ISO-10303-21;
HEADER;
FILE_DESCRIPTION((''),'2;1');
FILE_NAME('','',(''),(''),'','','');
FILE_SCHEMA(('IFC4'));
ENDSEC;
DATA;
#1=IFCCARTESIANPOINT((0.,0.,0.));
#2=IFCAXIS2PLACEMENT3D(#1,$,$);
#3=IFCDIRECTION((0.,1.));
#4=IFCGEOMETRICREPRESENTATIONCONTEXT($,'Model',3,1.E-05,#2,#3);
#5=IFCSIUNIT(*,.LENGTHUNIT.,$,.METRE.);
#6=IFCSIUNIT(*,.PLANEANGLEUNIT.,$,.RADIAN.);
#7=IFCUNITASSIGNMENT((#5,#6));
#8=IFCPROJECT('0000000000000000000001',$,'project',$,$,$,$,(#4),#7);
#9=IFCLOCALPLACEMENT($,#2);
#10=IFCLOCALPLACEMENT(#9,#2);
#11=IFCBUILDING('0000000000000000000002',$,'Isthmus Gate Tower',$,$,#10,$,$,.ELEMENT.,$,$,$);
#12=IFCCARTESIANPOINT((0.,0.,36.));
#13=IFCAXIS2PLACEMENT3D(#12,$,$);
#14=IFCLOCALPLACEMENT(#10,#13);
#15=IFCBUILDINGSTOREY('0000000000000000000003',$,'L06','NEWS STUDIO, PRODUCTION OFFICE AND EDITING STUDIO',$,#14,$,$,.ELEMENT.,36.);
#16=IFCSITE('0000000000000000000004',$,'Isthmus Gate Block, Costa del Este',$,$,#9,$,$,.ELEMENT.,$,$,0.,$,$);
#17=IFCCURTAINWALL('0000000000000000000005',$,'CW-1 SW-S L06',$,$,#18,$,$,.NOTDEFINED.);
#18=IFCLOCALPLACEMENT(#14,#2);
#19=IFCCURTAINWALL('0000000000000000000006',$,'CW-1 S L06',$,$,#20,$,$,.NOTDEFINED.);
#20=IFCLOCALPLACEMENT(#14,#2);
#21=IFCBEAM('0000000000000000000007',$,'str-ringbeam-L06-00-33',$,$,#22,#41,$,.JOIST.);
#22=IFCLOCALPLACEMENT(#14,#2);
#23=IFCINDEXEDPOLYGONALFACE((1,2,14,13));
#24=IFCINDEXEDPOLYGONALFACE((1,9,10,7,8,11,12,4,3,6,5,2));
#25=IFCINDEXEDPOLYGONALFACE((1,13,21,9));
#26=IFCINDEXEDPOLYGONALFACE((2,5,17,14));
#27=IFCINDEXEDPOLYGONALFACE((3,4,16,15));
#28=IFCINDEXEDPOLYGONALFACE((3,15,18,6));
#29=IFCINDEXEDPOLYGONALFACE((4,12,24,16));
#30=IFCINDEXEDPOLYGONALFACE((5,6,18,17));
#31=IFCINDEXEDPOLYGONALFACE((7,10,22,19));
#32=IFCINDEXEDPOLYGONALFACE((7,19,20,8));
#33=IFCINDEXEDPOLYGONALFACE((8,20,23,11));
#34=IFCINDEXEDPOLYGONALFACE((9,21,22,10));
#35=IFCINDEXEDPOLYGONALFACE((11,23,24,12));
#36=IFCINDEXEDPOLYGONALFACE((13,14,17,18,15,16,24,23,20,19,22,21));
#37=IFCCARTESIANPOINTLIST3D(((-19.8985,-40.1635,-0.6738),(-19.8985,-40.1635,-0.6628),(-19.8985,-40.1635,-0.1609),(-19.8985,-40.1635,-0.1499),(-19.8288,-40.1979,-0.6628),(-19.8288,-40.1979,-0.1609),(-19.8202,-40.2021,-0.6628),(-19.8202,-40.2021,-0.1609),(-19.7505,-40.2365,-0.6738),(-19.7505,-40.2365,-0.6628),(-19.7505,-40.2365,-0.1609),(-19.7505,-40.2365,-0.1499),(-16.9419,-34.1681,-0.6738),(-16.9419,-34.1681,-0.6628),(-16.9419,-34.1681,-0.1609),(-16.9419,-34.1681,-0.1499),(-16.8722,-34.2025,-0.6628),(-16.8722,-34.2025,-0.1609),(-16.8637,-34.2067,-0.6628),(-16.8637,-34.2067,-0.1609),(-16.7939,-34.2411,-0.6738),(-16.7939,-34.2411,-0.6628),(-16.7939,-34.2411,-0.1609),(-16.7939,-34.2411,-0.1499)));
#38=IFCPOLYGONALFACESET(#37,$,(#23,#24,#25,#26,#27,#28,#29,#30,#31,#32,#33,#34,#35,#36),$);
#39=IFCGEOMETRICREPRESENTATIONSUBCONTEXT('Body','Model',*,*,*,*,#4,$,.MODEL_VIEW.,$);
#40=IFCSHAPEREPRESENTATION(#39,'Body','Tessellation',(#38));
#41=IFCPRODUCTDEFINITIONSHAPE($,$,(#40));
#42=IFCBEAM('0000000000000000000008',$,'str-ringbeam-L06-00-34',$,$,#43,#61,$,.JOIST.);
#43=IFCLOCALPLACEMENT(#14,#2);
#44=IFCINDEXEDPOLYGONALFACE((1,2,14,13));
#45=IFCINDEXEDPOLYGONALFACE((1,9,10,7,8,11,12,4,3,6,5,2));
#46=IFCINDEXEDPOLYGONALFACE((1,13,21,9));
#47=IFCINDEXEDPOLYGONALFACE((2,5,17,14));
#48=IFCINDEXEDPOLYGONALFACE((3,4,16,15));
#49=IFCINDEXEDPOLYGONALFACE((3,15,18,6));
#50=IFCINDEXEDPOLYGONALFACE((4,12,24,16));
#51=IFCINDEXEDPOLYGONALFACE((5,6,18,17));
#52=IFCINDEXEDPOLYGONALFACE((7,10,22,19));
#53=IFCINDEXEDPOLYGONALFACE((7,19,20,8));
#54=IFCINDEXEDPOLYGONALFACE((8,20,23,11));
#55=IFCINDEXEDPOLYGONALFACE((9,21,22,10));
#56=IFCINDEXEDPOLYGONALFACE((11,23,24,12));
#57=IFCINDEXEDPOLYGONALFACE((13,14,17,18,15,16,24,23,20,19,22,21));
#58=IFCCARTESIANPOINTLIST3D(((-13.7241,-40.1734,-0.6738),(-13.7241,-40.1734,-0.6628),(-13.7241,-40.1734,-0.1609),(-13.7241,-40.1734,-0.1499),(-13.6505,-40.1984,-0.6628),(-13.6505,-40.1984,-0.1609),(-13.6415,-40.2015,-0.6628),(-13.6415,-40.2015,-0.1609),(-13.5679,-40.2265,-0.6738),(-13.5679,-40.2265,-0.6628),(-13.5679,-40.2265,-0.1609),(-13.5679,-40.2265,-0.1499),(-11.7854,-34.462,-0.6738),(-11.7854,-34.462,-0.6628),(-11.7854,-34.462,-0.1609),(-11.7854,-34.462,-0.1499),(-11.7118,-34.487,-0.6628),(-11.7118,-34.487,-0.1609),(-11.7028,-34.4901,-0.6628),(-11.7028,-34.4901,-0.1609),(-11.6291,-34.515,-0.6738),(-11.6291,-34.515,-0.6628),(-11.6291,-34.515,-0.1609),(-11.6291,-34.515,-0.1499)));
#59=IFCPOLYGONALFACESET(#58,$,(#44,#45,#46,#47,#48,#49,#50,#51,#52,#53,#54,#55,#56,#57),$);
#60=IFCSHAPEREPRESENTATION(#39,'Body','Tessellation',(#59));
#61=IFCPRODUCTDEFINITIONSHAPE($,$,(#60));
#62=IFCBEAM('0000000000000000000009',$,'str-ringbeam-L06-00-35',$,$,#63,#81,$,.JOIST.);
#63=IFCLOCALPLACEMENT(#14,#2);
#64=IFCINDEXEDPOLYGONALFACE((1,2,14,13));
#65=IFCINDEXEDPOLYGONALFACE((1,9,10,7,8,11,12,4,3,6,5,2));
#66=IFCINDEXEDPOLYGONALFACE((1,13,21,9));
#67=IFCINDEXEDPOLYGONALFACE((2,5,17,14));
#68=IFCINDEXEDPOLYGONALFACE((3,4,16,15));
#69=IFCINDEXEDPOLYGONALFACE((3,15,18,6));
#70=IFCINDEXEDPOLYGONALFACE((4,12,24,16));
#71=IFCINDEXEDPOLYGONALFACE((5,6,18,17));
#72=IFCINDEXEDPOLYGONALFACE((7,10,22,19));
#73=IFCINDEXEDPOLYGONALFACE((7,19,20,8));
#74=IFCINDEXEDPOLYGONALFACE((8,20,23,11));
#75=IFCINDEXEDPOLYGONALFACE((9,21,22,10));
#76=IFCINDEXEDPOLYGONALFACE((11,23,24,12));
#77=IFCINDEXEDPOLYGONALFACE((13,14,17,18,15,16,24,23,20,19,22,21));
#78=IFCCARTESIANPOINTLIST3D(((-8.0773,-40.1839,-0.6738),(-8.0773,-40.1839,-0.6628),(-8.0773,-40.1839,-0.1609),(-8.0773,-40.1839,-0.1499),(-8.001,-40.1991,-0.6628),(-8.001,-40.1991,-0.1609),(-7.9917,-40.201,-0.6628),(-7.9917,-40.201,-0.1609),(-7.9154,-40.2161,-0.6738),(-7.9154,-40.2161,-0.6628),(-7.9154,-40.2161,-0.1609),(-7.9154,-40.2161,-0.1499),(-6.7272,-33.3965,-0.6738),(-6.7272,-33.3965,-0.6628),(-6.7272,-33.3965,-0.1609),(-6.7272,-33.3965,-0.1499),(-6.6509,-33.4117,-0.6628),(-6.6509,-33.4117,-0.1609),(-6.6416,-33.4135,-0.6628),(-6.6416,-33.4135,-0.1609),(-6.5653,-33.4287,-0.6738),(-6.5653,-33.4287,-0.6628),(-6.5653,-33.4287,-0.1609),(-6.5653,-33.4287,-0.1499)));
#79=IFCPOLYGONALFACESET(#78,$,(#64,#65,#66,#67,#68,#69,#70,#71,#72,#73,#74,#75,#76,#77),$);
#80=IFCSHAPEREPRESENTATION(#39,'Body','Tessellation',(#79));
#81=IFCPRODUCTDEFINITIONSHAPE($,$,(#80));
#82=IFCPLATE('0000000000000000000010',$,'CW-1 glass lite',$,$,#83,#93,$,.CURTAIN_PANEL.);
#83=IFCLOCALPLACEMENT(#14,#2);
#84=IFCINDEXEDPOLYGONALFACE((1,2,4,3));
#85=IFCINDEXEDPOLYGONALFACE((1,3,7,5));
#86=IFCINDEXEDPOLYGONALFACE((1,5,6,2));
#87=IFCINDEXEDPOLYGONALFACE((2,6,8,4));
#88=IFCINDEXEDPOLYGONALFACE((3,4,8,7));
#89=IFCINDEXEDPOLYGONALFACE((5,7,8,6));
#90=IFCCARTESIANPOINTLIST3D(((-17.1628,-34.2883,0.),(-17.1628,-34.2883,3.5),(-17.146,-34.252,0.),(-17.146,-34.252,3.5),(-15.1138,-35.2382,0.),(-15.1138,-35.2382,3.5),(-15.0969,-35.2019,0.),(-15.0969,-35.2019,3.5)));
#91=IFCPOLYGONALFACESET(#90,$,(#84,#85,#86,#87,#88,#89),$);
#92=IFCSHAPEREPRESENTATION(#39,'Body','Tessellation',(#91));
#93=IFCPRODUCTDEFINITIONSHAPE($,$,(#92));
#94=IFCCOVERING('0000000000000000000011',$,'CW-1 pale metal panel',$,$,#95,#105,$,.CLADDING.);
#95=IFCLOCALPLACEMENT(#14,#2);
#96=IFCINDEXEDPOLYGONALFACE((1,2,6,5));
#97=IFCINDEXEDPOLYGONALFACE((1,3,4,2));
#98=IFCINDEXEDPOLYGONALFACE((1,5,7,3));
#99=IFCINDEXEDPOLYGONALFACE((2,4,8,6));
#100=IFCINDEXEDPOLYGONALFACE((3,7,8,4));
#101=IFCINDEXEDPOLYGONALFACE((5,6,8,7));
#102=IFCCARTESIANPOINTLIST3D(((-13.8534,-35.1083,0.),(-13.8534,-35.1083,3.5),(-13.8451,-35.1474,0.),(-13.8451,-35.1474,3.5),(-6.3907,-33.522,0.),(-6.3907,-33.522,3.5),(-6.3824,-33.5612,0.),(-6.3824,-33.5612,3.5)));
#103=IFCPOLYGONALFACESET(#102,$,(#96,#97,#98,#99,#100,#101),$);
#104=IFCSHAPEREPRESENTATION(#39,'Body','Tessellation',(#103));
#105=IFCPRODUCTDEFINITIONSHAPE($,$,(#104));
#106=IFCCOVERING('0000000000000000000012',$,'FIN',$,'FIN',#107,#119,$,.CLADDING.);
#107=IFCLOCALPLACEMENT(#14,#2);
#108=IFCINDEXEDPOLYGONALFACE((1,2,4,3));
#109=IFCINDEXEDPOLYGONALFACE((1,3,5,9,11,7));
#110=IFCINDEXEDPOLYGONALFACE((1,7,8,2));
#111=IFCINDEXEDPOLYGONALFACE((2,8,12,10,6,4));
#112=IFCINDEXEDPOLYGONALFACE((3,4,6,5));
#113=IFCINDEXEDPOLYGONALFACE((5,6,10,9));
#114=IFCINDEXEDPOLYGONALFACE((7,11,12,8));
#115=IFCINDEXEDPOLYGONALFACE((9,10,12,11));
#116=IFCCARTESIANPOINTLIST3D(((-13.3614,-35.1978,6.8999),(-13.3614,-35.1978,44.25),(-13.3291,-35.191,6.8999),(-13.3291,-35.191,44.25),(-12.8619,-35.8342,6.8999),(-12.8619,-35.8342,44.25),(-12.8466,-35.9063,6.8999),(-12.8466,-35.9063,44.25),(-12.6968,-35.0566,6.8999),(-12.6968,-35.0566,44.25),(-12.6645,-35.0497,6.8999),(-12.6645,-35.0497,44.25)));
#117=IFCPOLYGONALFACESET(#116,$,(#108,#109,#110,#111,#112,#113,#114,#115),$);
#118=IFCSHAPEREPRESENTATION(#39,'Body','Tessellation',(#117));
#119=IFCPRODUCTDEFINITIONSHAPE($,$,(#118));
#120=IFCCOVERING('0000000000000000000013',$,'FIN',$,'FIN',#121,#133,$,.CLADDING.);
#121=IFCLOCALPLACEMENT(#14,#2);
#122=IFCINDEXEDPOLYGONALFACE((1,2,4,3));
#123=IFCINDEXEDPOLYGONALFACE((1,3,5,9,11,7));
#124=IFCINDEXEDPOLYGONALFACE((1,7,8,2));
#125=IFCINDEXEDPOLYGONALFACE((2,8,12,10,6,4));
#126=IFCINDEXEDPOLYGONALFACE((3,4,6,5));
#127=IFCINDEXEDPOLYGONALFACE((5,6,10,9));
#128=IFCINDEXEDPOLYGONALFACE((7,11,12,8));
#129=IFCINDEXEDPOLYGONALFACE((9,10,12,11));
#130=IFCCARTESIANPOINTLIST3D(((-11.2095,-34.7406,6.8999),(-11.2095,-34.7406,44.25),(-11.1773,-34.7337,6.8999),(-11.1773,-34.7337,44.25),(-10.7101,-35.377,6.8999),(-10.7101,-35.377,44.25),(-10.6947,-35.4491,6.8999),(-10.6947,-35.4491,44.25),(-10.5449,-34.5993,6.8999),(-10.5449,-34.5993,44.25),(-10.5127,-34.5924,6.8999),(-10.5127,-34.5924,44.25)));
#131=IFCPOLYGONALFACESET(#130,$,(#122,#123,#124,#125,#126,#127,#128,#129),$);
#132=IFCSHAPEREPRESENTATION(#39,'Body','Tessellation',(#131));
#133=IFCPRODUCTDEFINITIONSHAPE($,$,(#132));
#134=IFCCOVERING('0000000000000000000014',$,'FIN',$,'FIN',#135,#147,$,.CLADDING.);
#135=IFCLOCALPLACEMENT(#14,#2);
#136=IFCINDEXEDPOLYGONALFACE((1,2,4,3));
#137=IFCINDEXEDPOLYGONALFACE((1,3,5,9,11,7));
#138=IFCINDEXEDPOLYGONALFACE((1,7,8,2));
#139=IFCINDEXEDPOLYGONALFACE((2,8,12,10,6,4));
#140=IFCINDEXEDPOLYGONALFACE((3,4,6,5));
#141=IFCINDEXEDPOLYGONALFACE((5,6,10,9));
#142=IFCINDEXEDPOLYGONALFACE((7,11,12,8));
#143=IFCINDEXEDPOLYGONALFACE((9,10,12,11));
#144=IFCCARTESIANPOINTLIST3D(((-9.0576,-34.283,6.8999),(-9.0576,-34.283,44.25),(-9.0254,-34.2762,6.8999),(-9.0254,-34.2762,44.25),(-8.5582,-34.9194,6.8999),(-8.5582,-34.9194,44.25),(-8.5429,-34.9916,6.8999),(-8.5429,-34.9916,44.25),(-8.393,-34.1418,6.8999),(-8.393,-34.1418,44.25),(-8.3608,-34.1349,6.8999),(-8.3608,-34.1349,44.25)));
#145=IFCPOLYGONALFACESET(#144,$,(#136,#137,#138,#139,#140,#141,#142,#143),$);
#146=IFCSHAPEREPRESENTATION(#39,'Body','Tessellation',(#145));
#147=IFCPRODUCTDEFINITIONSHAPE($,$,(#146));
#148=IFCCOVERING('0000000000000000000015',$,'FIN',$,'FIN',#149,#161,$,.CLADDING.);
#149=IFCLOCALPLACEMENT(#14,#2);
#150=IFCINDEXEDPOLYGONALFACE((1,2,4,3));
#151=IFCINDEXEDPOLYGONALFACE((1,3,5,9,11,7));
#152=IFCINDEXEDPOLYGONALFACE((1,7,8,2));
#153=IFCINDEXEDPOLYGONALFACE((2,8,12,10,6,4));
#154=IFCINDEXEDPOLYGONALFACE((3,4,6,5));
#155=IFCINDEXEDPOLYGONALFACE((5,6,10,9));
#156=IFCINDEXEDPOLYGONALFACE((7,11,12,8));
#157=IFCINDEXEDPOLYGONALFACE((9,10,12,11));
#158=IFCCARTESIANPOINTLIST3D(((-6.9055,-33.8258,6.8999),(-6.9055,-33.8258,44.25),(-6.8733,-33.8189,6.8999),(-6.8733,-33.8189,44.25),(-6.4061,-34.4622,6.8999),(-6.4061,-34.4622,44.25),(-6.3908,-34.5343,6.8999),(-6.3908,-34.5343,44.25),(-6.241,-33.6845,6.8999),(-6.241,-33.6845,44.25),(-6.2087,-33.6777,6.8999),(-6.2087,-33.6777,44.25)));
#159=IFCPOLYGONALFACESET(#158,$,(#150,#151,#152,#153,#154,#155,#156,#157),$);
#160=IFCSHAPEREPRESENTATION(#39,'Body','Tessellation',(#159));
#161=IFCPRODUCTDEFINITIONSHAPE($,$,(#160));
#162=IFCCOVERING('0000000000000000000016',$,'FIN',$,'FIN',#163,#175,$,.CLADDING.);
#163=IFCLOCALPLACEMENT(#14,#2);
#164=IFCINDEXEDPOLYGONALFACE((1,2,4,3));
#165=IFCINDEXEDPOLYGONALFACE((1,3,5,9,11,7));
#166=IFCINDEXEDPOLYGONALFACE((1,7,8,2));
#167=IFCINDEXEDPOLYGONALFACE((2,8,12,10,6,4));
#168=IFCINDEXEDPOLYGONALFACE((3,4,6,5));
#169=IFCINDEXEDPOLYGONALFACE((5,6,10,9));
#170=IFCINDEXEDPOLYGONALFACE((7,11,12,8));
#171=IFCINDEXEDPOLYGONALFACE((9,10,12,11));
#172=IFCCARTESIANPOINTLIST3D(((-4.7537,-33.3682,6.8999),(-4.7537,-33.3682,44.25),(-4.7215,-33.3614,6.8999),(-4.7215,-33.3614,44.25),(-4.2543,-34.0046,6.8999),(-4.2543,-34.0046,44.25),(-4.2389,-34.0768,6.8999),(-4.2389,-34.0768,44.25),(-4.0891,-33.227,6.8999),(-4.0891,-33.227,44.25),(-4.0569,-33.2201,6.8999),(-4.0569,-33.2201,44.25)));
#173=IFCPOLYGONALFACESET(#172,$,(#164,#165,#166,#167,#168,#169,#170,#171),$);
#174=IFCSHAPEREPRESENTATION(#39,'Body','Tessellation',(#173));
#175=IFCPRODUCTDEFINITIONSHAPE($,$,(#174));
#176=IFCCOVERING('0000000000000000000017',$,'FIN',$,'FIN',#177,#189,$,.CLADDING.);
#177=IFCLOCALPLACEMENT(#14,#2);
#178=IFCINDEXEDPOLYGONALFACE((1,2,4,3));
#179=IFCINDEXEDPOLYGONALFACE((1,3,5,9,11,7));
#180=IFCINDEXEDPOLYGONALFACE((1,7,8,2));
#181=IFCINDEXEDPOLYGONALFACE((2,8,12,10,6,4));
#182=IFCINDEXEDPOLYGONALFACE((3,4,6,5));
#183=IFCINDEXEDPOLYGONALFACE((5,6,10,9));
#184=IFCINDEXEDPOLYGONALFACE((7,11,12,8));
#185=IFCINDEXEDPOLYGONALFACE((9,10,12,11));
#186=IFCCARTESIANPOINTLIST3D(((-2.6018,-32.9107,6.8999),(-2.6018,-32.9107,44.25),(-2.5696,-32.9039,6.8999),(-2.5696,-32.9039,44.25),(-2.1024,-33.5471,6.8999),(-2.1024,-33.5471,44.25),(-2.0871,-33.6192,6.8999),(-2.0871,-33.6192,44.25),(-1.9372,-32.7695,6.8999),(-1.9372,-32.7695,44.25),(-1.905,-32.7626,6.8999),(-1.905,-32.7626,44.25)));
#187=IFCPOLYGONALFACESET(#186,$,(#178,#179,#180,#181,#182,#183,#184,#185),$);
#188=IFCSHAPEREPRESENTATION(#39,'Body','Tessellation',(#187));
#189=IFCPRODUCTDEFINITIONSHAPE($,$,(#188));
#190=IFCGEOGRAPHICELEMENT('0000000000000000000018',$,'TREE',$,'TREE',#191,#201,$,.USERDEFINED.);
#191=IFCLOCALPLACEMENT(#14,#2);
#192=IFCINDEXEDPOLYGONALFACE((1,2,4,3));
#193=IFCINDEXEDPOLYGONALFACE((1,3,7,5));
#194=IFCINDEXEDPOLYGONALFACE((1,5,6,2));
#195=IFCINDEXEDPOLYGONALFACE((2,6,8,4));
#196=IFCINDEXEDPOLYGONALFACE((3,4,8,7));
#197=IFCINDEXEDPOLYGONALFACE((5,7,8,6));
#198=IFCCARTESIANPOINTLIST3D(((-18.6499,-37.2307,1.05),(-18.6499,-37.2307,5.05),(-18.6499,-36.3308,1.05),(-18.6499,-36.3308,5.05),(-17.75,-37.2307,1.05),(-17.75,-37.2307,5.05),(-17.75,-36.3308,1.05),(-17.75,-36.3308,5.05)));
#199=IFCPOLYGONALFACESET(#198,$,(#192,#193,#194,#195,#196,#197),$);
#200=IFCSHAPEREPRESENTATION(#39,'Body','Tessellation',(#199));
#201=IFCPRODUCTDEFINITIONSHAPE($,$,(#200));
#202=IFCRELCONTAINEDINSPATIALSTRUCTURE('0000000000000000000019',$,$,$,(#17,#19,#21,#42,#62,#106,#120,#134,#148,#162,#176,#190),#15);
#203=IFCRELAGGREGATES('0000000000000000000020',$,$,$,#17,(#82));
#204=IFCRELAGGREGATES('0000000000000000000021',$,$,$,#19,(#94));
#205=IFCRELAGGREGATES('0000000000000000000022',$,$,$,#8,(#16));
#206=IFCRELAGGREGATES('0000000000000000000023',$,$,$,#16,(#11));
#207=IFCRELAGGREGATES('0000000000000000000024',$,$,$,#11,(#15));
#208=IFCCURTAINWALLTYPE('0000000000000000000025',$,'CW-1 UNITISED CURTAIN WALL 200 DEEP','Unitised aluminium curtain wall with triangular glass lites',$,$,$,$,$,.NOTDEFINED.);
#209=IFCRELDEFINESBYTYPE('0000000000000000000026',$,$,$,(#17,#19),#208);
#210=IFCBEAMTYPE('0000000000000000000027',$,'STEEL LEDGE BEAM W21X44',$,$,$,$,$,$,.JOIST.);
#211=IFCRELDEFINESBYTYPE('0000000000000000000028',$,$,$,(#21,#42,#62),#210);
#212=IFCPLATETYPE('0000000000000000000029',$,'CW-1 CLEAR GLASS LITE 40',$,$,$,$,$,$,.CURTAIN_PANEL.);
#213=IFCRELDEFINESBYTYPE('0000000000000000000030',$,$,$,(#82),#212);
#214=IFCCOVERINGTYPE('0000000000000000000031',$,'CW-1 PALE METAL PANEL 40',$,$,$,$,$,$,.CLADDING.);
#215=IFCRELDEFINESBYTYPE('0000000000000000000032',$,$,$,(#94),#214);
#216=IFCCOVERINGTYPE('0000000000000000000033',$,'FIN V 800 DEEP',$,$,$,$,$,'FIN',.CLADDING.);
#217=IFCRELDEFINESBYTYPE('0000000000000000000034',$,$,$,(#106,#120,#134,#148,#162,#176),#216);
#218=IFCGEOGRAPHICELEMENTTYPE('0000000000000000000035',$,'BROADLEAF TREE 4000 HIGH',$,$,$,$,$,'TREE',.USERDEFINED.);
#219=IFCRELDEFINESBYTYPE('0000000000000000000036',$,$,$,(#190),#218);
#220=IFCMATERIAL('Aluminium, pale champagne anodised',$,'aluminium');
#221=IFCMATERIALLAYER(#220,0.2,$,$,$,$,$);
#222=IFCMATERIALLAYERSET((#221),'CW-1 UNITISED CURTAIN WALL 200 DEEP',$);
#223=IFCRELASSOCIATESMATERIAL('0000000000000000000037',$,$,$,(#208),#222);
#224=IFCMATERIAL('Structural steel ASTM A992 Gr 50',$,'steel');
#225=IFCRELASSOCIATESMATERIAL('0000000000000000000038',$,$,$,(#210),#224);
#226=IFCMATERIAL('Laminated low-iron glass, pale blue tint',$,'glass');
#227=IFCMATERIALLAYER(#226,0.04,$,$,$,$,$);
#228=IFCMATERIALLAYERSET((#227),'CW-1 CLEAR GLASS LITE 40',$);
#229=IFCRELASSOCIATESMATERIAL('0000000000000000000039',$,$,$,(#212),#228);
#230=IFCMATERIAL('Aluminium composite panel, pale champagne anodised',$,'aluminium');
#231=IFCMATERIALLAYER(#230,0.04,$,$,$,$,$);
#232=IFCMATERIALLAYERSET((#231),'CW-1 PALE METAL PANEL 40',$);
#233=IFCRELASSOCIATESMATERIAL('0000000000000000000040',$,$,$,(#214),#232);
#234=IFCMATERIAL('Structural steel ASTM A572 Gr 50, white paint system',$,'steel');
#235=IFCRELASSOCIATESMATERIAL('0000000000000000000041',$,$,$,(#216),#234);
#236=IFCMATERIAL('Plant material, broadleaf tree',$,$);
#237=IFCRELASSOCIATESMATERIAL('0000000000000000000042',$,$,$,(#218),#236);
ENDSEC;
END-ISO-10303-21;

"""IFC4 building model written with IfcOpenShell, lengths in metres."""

from ifc_helpers import new_model, si_unit, direction, frame, origin, origin_2d, place, context, subcontext, project, spatial, polyline, rectangle, i_section, outline, extrude, material, layer, layer_set, material_profile, profile_set, type_object, element, aggregate, save


model = new_model("IFC4")

# Units and contexts
model_context = context("Model", 3, precision=1e-05, world=origin(), true_north=direction((0.0, 1.0)))
body_context = subcontext(model_context, "Body", "Model", "MODEL_VIEW")
ifc_project = project(units=[si_unit("LENGTHUNIT", "METRE"), si_unit("PLANEANGLEUNIT", "RADIAN")], contexts=[model_context])

# Site, building, storey
site_placement = place(None, origin())
site = spatial("IfcSite", under=ifc_project, at=site_placement, Name="Isthmus Gate Block, Costa del Este", CompositionType="ELEMENT", RefElevation=0.0)
building_placement = place(site_placement, origin())
building = spatial("IfcBuilding", under=site, at=building_placement, Name="Isthmus Gate Tower", CompositionType="ELEMENT")
storey_placement = place(building_placement, frame((0.0, 0.0, 36.0)))
storey = spatial("IfcBuildingStorey", under=building, at=storey_placement, Name="L06", Description="NEWS STUDIO, PRODUCTION OFFICE AND EDITING STUDIO", CompositionType="ELEMENT", Elevation=36.0)

# Curtain walls
ifc_material_1 = material(Name="Aluminium, pale champagne anodised", Category="aluminium")
ifc_layer_1 = layer(ifc_material_1, 0.2)
ifc_layer_set_1 = layer_set([ifc_layer_1], Name="CW-1 UNITISED CURTAIN WALL 200 DEEP")
curtain_wall_type = type_object("IfcCurtainWallType", Name="CW-1 UNITISED CURTAIN WALL 200 DEEP", Description="Unitised aluminium curtain wall with triangular glass lites", PredefinedType="NOTDEFINED", material=ifc_layer_set_1)
curtain_wall_1_placement = place(storey_placement, origin())
curtain_wall_1 = element("IfcCurtainWall", 1, at=curtain_wall_1_placement, inside=storey, type_object=curtain_wall_type, Name="CW-1 SW-S L06", PredefinedType="NOTDEFINED")
curtain_wall_2_placement = place(storey_placement, origin())
curtain_wall_2 = element("IfcCurtainWall", 2, at=curtain_wall_2_placement, inside=storey, type_object=curtain_wall_type, Name="CW-1 S L06", PredefinedType="NOTDEFINED")

# Beams
ifc_material_2 = material(Name="Structural steel ASTM A992 Gr 50", Category="steel")
ifc_material_profile_1 = material_profile(ifc_material_2, i_section(OverallWidth=0.165, OverallDepth=0.5239, WebThickness=0.0095, FlangeThickness=0.011, at=origin_2d()), Name="W21X44")
ifc_profile_set_1 = profile_set([ifc_material_profile_1], Name="Structural steel ASTM A992 Gr 50")
beam_type_1 = type_object("IfcBeamType", Name="STEEL LEDGE BEAM W21X44", PredefinedType="JOIST", material=ifc_profile_set_1)
beam_1_placement = place(storey_placement, frame((-16.8679, -34.2046, -0.4119), z_axis=(-0.442284, -0.896875, 0.0), x_axis=(0.896875, -0.442284, 0.0)))
element("IfcBeam", 3, at=beam_1_placement, inside=storey, type_object=beam_type_1, Name="str-ringbeam-L06-00-33", PredefinedType="JOIST", context=body_context, shape_type="SweptSolid", body=[
    extrude(i_section(OverallWidth=0.165, OverallDepth=0.5239, WebThickness=0.0095, FlangeThickness=0.011, at=origin_2d()), origin(), (0.0, 0.0, 1.0), 6.6848),
])
beam_2_placement = place(storey_placement, frame((-11.7073, -34.4885, -0.4119), z_axis=(-0.321432, -0.946933, 0.0), x_axis=(0.946933, -0.321432, 0.0)))
element("IfcBeam", 4, at=beam_2_placement, inside=storey, type_object=beam_type_1, Name="str-ringbeam-L06-00-34", PredefinedType="JOIST", context=body_context, shape_type="SweptSolid", body=[
    extrude(i_section(OverallWidth=0.165, OverallDepth=0.5239, WebThickness=0.0095, FlangeThickness=0.011, at=origin_2d()), origin(), (0.0, 0.0, 1.0), 6.0315),
])
beam_3_placement = place(storey_placement, frame((-6.6462, -33.4126, -0.4119), z_axis=(-0.195092, -0.980785, 0.0), x_axis=(0.980785, -0.195092, 0.0)))
element("IfcBeam", 5, at=beam_3_placement, inside=storey, type_object=beam_type_1, Name="str-ringbeam-L06-00-35", PredefinedType="JOIST", context=body_context, shape_type="SweptSolid", body=[
    extrude(i_section(OverallWidth=0.165, OverallDepth=0.5239, WebThickness=0.0095, FlangeThickness=0.011, at=origin_2d()), origin(), (0.0, 0.0, 1.0), 6.9204),
])

# Plate
ifc_material_3 = material(Name="Laminated low-iron glass, pale blue tint", Category="glass")
ifc_layer_2 = layer(ifc_material_3, 0.04)
ifc_layer_set_2 = layer_set([ifc_layer_2], Name="CW-1 CLEAR GLASS LITE 40")
plate_type = type_object("IfcPlateType", Name="CW-1 CLEAR GLASS LITE 40", PredefinedType="CURTAIN_PANEL", material=ifc_layer_set_2)
plate_placement = place(storey_placement, frame((-16.1299, -34.7451, 0.0), z_axis=(0.0, 0.0, 1.0), x_axis=(0.907256, -0.420578, 0.0)))
plate = element("IfcPlate", 6, at=plate_placement, type_object=plate_type, Name="CW-1 glass lite", PredefinedType="CURTAIN_PANEL", context=body_context, shape_type="SweptSolid", body=[
    extrude(rectangle(XDim=2.2585, YDim=0.04, at=origin_2d()), origin(), (0.0, 0.0, 1.0), 3.5),
])
aggregate(curtain_wall_1, [plate])

# Covering
ifc_material_4 = material(Name="Aluminium composite panel, pale champagne anodised", Category="aluminium")
ifc_layer_3 = layer(ifc_material_4, 0.04)
ifc_layer_set_3 = layer_set([ifc_layer_3], Name="CW-1 PALE METAL PANEL 40")
covering_type_1 = type_object("IfcCoveringType", Name="CW-1 PALE METAL PANEL 40", PredefinedType="CLADDING", material=ifc_layer_set_3)
covering_placement = place(storey_placement, frame((-10.1179, -34.3347, 0.0), z_axis=(0.0, 0.0, 1.0), x_axis=(0.978148, 0.207912, 0.0)))
covering = element("IfcCovering", 7, at=covering_placement, type_object=covering_type_1, Name="CW-1 pale metal panel", PredefinedType="CLADDING", context=body_context, shape_type="SweptSolid", body=[
    extrude(rectangle(XDim=7.6294, YDim=0.04, at=origin_2d()), origin(), (0.0, 0.0, 1.0), 3.5),
])
aggregate(curtain_wall_2, [covering])

# Coverings
ifc_material_5 = material(Name="Structural steel ASTM A572 Gr 50, white paint system", Category="steel")
ifc_material_profile_2 = material_profile(ifc_material_5, outline(polyline([(0.0, -0.3562), (0.8, 0.0), (0.0, 0.3562), (0.0, 0.3232), (0.7263, 0.0), (0.0, -0.3232), (0.0, -0.3562)])), Name="V800")
ifc_profile_set_2 = profile_set([ifc_material_profile_2], Name="Structural steel ASTM A572 Gr 50, white paint system")
covering_type_2 = type_object("IfcCoveringType", Name="FIN V 800 DEEP", ElementType="FIN", PredefinedType="CLADDING", material=ifc_profile_set_2)
for number, where, z_axis, x_axis, name in (
    (8, (-13.0129, -35.1238, 6.8999), (0.0, 0.0, 1.0), (0.207912, -0.978148, 0.0), "FIN"),
    (9, (-10.8611, -34.6665, 6.8999), (0.0, 0.0, 1.0), (0.207912, -0.978148, 0.0), "FIN"),
    (10, (-8.7092, -34.209, 6.8999), (0.0, 0.0, 1.0), (0.207912, -0.978148, 0.0), "FIN"),
    (11, (-6.5571, -33.7517, 6.8999), (0.0, 0.0, 1.0), (0.207912, -0.978148, 0.0), "FIN"),
    (12, (-4.4053, -33.2942, 6.8999), (0.0, 0.0, 1.0), (0.207912, -0.978148, 0.0), "FIN"),
    (13, (-2.2534, -32.8367, 6.8999), (0.0, 0.0, 1.0), (0.207912, -0.978148, 0.0), "FIN"),
):
    element("IfcCovering", number, at=place(storey_placement, frame(where, z_axis=z_axis, x_axis=x_axis)), inside=storey, type_object=covering_type_2, Name=name, ObjectType="FIN", PredefinedType="CLADDING", context=body_context, shape_type="SweptSolid", body=[
        extrude(outline(polyline([(0.0, -0.3562), (0.8, 0.0), (0.0, 0.3562), (0.0, 0.3232), (0.7263, 0.0), (0.0, -0.3232), (0.0, -0.3562)])), origin(), (0.0, 0.0, 1.0), 37.3501),
    ])

# Geographic element
ifc_material_6 = material(Name="Plant material, broadleaf tree")
geographic_element_type = type_object("IfcGeographicElementType", Name="BROADLEAF TREE 4000 HIGH", ElementType="TREE", PredefinedType="USERDEFINED", material=ifc_material_6)
for number, where, z_axis, x_axis, name in (
    (14, (-18.2, -36.7808, 1.05), (0.0, 0.0, 1.0), (1.0, 0.0, 0.0), "TREE"),
):
    element("IfcGeographicElement", number, at=place(storey_placement, frame(where, z_axis=z_axis, x_axis=x_axis)), inside=storey, type_object=geographic_element_type, Name=name, ObjectType="TREE", PredefinedType="USERDEFINED", context=body_context, shape_type="SweptSolid", body=[
        extrude(rectangle(XDim=0.8999, YDim=0.8999, at=origin_2d()), origin(), (0.0, 0.0, 1.0), 4.0),
    ])

save(model, "model.ifc")
